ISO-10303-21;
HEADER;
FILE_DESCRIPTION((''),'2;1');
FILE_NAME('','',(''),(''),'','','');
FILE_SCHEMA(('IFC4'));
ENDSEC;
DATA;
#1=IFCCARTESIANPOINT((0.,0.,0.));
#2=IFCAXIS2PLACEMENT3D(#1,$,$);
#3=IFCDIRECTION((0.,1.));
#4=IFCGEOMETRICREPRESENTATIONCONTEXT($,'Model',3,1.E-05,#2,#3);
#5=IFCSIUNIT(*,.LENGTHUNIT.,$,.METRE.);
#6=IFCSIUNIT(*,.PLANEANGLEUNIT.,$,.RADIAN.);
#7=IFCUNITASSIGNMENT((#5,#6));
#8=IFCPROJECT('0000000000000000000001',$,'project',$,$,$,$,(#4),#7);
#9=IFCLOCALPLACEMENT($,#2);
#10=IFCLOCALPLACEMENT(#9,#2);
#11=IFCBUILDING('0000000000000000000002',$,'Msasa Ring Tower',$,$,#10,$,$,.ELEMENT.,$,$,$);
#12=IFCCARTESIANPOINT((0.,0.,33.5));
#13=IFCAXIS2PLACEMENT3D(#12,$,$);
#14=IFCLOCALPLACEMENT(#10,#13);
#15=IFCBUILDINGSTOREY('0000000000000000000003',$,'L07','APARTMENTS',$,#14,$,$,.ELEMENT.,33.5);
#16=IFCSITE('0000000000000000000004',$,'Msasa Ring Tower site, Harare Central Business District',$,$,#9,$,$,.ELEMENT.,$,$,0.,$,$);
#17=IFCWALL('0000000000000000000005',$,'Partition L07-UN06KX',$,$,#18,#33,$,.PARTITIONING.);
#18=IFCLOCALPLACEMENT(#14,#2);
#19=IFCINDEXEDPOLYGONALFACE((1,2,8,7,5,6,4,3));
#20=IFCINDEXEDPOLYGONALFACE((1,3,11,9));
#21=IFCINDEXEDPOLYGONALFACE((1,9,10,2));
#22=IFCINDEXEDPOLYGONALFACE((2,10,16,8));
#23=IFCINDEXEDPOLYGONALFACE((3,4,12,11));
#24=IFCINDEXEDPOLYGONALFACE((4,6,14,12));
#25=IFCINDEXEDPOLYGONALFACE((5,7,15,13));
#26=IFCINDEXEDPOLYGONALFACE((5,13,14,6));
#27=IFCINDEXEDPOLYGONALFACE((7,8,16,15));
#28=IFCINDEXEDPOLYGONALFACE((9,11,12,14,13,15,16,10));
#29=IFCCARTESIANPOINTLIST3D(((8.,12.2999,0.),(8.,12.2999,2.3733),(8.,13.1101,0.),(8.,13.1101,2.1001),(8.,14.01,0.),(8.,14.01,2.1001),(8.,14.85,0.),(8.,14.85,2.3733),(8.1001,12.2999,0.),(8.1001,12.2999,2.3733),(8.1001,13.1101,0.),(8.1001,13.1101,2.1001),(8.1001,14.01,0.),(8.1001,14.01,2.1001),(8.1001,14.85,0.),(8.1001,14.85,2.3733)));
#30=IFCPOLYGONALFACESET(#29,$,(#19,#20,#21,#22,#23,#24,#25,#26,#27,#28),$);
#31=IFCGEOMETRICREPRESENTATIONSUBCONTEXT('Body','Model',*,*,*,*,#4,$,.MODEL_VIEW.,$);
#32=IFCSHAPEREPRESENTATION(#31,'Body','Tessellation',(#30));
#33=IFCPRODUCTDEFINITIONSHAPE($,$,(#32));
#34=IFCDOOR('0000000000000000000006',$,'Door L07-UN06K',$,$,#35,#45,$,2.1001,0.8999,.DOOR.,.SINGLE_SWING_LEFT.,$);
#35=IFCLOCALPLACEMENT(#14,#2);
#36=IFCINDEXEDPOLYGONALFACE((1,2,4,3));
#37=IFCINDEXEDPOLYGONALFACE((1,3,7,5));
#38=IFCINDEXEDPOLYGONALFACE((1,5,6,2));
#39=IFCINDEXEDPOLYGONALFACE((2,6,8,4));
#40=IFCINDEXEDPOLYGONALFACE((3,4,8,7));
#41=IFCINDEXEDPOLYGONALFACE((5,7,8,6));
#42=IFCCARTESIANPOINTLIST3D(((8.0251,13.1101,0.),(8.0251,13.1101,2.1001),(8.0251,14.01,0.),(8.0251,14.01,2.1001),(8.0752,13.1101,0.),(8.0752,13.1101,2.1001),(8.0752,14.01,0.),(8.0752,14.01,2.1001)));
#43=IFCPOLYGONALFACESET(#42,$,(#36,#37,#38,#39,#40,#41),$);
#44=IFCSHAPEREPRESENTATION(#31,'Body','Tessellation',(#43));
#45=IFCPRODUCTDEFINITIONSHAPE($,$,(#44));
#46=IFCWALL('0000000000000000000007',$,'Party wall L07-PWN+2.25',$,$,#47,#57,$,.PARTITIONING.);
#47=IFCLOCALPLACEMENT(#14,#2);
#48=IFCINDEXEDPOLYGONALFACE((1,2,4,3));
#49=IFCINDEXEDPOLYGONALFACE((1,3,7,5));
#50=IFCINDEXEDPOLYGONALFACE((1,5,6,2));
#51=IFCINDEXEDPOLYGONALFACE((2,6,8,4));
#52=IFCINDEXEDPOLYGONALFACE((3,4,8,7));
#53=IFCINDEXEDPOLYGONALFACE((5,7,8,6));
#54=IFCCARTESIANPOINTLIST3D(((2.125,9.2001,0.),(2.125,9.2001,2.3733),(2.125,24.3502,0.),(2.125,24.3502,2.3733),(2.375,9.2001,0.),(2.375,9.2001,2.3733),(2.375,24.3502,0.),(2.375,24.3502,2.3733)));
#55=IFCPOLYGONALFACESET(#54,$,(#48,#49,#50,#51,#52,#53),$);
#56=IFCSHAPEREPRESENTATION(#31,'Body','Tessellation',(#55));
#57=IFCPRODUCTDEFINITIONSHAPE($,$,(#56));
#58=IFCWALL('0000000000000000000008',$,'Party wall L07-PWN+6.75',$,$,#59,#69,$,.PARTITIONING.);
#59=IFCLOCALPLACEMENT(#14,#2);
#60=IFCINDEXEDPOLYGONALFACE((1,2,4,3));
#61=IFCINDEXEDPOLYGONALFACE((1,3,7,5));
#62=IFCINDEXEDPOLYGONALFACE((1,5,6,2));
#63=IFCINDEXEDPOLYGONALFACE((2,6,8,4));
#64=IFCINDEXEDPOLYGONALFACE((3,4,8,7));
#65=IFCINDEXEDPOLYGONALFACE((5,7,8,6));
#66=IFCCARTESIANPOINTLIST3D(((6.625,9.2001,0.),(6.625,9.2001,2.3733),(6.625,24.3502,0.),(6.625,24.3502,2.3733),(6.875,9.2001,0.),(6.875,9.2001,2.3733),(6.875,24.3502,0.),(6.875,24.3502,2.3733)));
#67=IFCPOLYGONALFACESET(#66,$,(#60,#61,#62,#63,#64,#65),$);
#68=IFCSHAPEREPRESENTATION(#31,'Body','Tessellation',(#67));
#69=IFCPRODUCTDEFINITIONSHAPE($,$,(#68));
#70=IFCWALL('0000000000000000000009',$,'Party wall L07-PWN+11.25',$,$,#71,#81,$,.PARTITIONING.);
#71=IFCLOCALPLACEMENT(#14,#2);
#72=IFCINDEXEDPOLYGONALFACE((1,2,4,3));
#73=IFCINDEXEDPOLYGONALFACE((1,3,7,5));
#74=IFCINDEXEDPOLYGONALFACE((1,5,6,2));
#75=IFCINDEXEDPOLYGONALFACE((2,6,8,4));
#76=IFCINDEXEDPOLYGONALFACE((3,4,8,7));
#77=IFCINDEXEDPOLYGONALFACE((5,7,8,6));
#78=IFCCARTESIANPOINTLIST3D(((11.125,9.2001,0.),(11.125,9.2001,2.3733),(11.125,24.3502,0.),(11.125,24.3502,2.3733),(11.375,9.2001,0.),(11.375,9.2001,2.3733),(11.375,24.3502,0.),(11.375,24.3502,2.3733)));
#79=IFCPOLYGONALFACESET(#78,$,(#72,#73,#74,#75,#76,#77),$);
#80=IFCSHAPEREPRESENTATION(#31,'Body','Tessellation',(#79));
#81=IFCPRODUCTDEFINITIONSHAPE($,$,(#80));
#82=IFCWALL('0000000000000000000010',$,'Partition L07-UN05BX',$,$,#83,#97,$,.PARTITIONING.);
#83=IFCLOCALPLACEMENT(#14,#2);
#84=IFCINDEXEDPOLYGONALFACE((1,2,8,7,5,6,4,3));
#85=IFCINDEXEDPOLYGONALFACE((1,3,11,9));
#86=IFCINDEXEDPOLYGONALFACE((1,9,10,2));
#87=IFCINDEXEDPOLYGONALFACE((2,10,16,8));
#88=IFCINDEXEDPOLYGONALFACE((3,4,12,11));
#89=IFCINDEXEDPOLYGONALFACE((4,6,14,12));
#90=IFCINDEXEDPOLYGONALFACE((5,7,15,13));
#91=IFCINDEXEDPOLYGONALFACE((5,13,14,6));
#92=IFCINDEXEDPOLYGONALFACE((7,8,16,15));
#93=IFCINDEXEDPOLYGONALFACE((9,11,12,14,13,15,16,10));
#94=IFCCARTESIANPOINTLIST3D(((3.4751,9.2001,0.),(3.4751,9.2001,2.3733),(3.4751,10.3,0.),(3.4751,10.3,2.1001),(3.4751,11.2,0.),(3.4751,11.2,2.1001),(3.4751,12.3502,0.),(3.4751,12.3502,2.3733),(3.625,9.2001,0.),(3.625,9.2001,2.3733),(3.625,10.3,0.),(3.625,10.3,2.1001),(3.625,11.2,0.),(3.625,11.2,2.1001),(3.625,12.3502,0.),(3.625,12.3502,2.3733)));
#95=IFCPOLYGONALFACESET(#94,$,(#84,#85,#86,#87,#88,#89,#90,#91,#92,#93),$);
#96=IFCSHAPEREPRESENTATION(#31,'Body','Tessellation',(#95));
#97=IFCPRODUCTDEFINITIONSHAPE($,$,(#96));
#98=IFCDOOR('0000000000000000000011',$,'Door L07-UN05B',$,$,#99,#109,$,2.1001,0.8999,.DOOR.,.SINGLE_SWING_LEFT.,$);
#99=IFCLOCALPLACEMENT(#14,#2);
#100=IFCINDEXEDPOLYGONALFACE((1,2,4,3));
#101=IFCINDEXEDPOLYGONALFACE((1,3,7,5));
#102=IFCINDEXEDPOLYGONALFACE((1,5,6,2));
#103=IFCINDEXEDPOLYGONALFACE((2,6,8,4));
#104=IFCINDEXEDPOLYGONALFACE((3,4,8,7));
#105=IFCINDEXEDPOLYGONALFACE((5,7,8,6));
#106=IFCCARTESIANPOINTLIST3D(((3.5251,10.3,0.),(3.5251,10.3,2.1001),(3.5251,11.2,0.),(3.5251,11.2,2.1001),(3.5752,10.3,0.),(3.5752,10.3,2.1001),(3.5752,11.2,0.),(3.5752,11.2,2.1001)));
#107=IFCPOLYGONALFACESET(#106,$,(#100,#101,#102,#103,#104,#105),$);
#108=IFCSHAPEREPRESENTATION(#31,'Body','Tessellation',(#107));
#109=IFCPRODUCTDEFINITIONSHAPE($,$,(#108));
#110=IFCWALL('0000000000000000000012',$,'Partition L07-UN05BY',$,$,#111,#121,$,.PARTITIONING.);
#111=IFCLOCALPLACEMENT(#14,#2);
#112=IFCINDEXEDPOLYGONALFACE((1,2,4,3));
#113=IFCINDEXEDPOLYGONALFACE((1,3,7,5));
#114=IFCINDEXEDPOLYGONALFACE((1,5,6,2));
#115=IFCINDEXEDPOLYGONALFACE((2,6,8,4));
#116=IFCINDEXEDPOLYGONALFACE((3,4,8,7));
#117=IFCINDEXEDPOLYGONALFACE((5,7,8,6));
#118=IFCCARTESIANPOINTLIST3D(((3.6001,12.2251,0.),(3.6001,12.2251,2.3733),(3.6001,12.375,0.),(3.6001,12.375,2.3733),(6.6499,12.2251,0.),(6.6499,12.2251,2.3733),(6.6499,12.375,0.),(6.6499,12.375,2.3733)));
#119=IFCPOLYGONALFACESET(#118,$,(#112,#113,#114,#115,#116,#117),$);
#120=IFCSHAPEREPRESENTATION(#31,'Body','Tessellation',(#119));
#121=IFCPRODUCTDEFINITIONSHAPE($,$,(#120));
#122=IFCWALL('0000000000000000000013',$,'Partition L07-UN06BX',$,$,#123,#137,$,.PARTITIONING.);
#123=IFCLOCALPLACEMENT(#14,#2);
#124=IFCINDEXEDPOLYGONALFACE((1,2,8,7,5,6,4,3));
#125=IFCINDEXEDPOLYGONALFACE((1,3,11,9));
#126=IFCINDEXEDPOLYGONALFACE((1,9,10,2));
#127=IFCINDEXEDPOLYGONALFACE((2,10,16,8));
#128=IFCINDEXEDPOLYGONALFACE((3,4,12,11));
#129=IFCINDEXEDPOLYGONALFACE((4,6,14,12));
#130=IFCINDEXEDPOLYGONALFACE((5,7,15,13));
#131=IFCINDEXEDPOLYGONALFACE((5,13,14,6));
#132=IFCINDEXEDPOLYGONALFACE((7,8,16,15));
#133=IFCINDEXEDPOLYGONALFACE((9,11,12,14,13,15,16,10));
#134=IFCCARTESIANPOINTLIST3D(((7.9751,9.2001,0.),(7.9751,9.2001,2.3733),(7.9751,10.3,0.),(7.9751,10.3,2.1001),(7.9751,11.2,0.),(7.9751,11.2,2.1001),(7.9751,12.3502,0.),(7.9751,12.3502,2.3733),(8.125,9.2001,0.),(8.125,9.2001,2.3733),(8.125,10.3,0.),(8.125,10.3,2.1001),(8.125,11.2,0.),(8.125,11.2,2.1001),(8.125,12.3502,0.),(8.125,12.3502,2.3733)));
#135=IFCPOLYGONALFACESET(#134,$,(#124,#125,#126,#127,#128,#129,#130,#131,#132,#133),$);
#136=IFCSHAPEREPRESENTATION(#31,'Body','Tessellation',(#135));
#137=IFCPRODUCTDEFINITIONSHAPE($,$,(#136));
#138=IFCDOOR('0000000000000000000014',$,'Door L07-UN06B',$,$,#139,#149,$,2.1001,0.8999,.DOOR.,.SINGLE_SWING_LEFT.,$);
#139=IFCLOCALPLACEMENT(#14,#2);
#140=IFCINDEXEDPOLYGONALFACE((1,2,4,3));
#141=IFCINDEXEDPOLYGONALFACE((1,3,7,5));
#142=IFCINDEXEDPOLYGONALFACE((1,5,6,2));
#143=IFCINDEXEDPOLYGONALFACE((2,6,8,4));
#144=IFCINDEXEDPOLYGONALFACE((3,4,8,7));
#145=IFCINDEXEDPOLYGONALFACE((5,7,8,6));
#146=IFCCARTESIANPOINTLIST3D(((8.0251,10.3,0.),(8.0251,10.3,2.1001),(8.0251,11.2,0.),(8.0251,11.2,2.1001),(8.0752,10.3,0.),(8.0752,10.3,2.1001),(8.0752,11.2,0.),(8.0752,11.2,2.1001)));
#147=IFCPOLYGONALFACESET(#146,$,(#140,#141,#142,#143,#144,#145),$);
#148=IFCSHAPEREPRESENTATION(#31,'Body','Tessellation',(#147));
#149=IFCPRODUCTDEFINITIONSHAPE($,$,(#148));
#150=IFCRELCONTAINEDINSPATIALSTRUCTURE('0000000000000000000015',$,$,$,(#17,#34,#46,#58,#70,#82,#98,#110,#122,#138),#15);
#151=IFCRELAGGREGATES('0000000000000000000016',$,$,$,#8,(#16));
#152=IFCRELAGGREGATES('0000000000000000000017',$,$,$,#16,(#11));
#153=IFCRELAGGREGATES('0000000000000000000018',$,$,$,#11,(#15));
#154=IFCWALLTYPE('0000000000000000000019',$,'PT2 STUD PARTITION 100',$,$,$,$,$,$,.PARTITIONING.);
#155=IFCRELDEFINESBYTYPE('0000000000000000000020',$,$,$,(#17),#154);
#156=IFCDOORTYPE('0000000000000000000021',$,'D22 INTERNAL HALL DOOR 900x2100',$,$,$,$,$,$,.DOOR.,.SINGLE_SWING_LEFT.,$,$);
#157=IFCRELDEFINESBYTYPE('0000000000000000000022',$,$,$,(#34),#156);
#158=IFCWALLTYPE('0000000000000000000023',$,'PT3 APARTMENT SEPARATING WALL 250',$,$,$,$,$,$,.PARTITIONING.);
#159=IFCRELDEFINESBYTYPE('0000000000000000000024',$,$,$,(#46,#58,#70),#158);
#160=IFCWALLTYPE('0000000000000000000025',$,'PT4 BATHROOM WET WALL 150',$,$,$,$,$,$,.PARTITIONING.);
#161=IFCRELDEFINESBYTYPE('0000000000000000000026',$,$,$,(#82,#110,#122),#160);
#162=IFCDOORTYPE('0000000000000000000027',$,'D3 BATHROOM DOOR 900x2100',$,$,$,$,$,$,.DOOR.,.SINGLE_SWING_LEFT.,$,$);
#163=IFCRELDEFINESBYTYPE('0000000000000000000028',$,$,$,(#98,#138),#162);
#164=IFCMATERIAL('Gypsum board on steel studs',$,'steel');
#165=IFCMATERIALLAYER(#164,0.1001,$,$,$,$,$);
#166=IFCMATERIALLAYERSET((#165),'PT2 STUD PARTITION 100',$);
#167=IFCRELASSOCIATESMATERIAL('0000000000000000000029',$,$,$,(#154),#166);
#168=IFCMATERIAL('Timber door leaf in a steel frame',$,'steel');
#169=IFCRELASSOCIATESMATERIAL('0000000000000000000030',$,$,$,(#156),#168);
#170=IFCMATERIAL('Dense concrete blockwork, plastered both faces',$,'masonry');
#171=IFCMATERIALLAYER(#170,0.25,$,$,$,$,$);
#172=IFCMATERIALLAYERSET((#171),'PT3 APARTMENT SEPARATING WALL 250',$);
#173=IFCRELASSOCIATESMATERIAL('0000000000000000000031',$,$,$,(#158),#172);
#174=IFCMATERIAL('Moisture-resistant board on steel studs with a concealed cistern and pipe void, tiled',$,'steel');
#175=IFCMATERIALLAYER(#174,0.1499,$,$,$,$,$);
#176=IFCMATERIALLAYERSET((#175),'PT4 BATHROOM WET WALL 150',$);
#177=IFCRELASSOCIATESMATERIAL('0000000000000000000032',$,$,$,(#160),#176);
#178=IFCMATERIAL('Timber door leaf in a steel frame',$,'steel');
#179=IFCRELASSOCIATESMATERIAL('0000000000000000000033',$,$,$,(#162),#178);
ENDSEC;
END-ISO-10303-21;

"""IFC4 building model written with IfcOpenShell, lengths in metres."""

from ifc_helpers import new_model, si_unit, direction, frame, frame_2d, origin, place, context, subcontext, project, spatial, rectangle, extrude, material, layer, layer_set, type_object, element, fill, save


model = new_model("IFC4")

# Units and contexts
model_context = context("Model", 3, precision=1e-05, world=origin(), true_north=direction((0.0, 1.0)))
body_context = subcontext(model_context, "Body", "Model", "MODEL_VIEW")
ifc_project = project(units=[si_unit("LENGTHUNIT", "METRE"), si_unit("PLANEANGLEUNIT", "RADIAN")], contexts=[model_context])

# Site, building, storey
site_placement = place(None, origin())
site = spatial("IfcSite", under=ifc_project, at=site_placement, Name="Msasa Ring Tower site, Harare Central Business District", CompositionType="ELEMENT", RefElevation=0.0)
building_placement = place(site_placement, origin())
building = spatial("IfcBuilding", under=site, at=building_placement, Name="Msasa Ring Tower", CompositionType="ELEMENT")
storey_placement = place(building_placement, frame((0.0, 0.0, 33.5)))
storey = spatial("IfcBuildingStorey", under=building, at=storey_placement, Name="L07", Description="APARTMENTS", CompositionType="ELEMENT", Elevation=33.5)

# Wall, opening, door
ifc_material_1 = material(Name="Gypsum board on steel studs", Category="steel")
ifc_layer_1 = layer(ifc_material_1, 0.1001)
ifc_layer_set_1 = layer_set([ifc_layer_1], Name="PT2 STUD PARTITION 100")
wall_type_1 = type_object("IfcWallType", Name="PT2 STUD PARTITION 100", PredefinedType="PARTITIONING", material=ifc_layer_set_1)
ifc_material_2 = material(Name="Timber door leaf in a steel frame", Category="steel")
door_type_1 = type_object("IfcDoorType", Name="D22 INTERNAL HALL DOOR 900x2100", OperationType="SINGLE_SWING_LEFT", PredefinedType="DOOR", material=ifc_material_2)
wall_1_placement = place(storey_placement, frame((8.05, 12.3, 0.0), z_axis=(0.0, 0.0, 1.0), x_axis=(0.0, 1.0, 0.0)))
wall_1 = element("IfcWall", 1, at=wall_1_placement, inside=storey, type_object=wall_type_1, Name="Partition L07-UN06KX", PredefinedType="PARTITIONING", context=body_context, shape_type="SweptSolid", body=[
    extrude(rectangle(XDim=2.55, YDim=0.1001, at=frame_2d((1.2749, 0.0))), origin(), (0.0, 0.0, 1.0), 2.3733),
])
opening_1_placement = place(wall_1_placement, frame((0.8101, 0.0, 0.0)))
opening_1 = element("IfcOpeningElement", 2, at=opening_1_placement, cuts=wall_1, PredefinedType="OPENING", context=body_context, shape_type="SweptSolid", body=[
    extrude(rectangle(XDim=0.8999, YDim=2.1001, at=frame_2d((0.45, 1.05))), frame((0.0, 0.0601, 0.0), z_axis=(0.0, -1.0, 0.0), x_axis=(1.0, 0.0, 0.0)), (0.0, 0.0, 1.0), 0.1201),
])
door_1_placement = place(opening_1_placement, origin())
door_1 = element("IfcDoor", 3, at=door_1_placement, inside=storey, type_object=door_type_1, Name="Door L07-UN06K", OperationType="SINGLE_SWING_LEFT", OverallHeight=2.1001, OverallWidth=0.8999, PredefinedType="DOOR", context=body_context, shape_type="SweptSolid", body=[
    extrude(rectangle(XDim=0.8999, YDim=2.1001, at=frame_2d((0.45, 1.05))), frame((0.0, 0.0249, 0.0), z_axis=(0.0, -1.0, 0.0), x_axis=(1.0, 0.0, 0.0)), (0.0, 0.0, 1.0), 0.05),
])
fill(opening_1, door_1)

# Walls
ifc_material_3 = material(Name="Dense concrete blockwork, plastered both faces", Category="masonry")
ifc_layer_2 = layer(ifc_material_3, 0.25)
ifc_layer_set_2 = layer_set([ifc_layer_2], Name="PT3 APARTMENT SEPARATING WALL 250")
wall_type_2 = type_object("IfcWallType", Name="PT3 APARTMENT SEPARATING WALL 250", PredefinedType="PARTITIONING", material=ifc_layer_set_2)
for number, where, z_axis, x_axis, name in (
    (4, (2.25, 9.2, 0.0), (0.0, 0.0, 1.0), (0.0, 1.0, 0.0), "Party wall L07-PWN+2.25"),
    (5, (6.75, 9.2, 0.0), (0.0, 0.0, 1.0), (0.0, 1.0, 0.0), "Party wall L07-PWN+6.75"),
    (6, (11.25, 9.2, 0.0), (0.0, 0.0, 1.0), (0.0, 1.0, 0.0), "Party wall L07-PWN+11.25"),
):
    element("IfcWall", number, at=place(storey_placement, frame(where, z_axis=z_axis, x_axis=x_axis)), inside=storey, type_object=wall_type_2, Name=name, PredefinedType="PARTITIONING", context=body_context, shape_type="SweptSolid", body=[
        extrude(rectangle(XDim=15.1501, YDim=0.25, at=frame_2d((7.5752, 0.0))), origin(), (0.0, 0.0, 1.0), 2.3733),
    ])

# Wall, opening, door
ifc_material_4 = material(Name="Moisture-resistant board on steel studs with a concealed cistern and pipe void, tiled", Category="steel")
ifc_layer_3 = layer(ifc_material_4, 0.1499)
ifc_layer_set_3 = layer_set([ifc_layer_3], Name="PT4 BATHROOM WET WALL 150")
wall_type_3 = type_object("IfcWallType", Name="PT4 BATHROOM WET WALL 150", PredefinedType="PARTITIONING", material=ifc_layer_set_3)
wall_2_placement = place(storey_placement, frame((3.55, 9.2, 0.0), z_axis=(0.0, 0.0, 1.0), x_axis=(0.0, 1.0, 0.0)))
wall_2 = element("IfcWall", 7, at=wall_2_placement, inside=storey, type_object=wall_type_3, Name="Partition L07-UN05BX", PredefinedType="PARTITIONING", context=body_context, shape_type="SweptSolid", body=[
    extrude(rectangle(XDim=3.1501, YDim=0.1499, at=frame_2d((1.5752, 0.0))), origin(), (0.0, 0.0, 1.0), 2.3733),
])
opening_2_placement = place(wall_2_placement, frame((1.1001, 0.0, 0.0)))
opening_2 = element("IfcOpeningElement", 8, at=opening_2_placement, cuts=wall_2, PredefinedType="OPENING", context=body_context, shape_type="SweptSolid", body=[
    extrude(rectangle(XDim=0.8999, YDim=2.1001, at=frame_2d((0.45, 1.05))), frame((0.0, 0.085, 0.0), z_axis=(0.0, -1.0, 0.0), x_axis=(1.0, 0.0, 0.0)), (0.0, 0.0, 1.0), 0.1699),
])
ifc_material_5 = material(Name="Timber door leaf in a steel frame", Category="steel")
door_type_2 = type_object("IfcDoorType", Name="D3 BATHROOM DOOR 900x2100", OperationType="SINGLE_SWING_LEFT", PredefinedType="DOOR", material=ifc_material_5)
door_2_placement = place(opening_2_placement, origin())
door_2 = element("IfcDoor", 9, at=door_2_placement, inside=storey, type_object=door_type_2, Name="Door L07-UN05B", OperationType="SINGLE_SWING_LEFT", OverallHeight=2.1001, OverallWidth=0.8999, PredefinedType="DOOR", context=body_context, shape_type="SweptSolid", body=[
    extrude(rectangle(XDim=0.8999, YDim=2.1001, at=frame_2d((0.45, 1.05))), frame((0.0, 0.0249, 0.0), z_axis=(0.0, -1.0, 0.0), x_axis=(1.0, 0.0, 0.0)), (0.0, 0.0, 1.0), 0.05),
])
fill(opening_2, door_2)

# Wall
wall_3_placement = place(storey_placement, frame((3.6001, 12.3, 0.0), z_axis=(0.0, 0.0, 1.0), x_axis=(1.0, 0.0, 0.0)))
element("IfcWall", 10, at=wall_3_placement, inside=storey, type_object=wall_type_3, Name="Partition L07-UN05BY", PredefinedType="PARTITIONING", context=body_context, shape_type="SweptSolid", body=[
    extrude(rectangle(XDim=3.0498, YDim=0.1499, at=frame_2d((1.5249, 0.0))), origin(), (0.0, 0.0, 1.0), 2.3733),
])

# Wall, opening, door
wall_4_placement = place(storey_placement, frame((8.05, 9.2, 0.0), z_axis=(0.0, 0.0, 1.0), x_axis=(0.0, 1.0, 0.0)))
wall_4 = element("IfcWall", 11, at=wall_4_placement, inside=storey, type_object=wall_type_3, Name="Partition L07-UN06BX", PredefinedType="PARTITIONING", context=body_context, shape_type="SweptSolid", body=[
    extrude(rectangle(XDim=3.1501, YDim=0.1499, at=frame_2d((1.5752, 0.0))), origin(), (0.0, 0.0, 1.0), 2.3733),
])
opening_3_placement = place(wall_4_placement, frame((1.1001, 0.0, 0.0)))
opening_3 = element("IfcOpeningElement", 12, at=opening_3_placement, cuts=wall_4, PredefinedType="OPENING", context=body_context, shape_type="SweptSolid", body=[
    extrude(rectangle(XDim=0.8999, YDim=2.1001, at=frame_2d((0.45, 1.05))), frame((0.0, 0.085, 0.0), z_axis=(0.0, -1.0, 0.0), x_axis=(1.0, 0.0, 0.0)), (0.0, 0.0, 1.0), 0.1699),
])
door_3_placement = place(opening_3_placement, origin())
door_3 = element("IfcDoor", 13, at=door_3_placement, inside=storey, type_object=door_type_2, Name="Door L07-UN06B", OperationType="SINGLE_SWING_LEFT", OverallHeight=2.1001, OverallWidth=0.8999, PredefinedType="DOOR", context=body_context, shape_type="SweptSolid", body=[
    extrude(rectangle(XDim=0.8999, YDim=2.1001, at=frame_2d((0.45, 1.05))), frame((0.0, 0.0249, 0.0), z_axis=(0.0, -1.0, 0.0), x_axis=(1.0, 0.0, 0.0)), (0.0, 0.0, 1.0), 0.05),
])
fill(opening_3, door_3)

save(model, "model.ifc")
